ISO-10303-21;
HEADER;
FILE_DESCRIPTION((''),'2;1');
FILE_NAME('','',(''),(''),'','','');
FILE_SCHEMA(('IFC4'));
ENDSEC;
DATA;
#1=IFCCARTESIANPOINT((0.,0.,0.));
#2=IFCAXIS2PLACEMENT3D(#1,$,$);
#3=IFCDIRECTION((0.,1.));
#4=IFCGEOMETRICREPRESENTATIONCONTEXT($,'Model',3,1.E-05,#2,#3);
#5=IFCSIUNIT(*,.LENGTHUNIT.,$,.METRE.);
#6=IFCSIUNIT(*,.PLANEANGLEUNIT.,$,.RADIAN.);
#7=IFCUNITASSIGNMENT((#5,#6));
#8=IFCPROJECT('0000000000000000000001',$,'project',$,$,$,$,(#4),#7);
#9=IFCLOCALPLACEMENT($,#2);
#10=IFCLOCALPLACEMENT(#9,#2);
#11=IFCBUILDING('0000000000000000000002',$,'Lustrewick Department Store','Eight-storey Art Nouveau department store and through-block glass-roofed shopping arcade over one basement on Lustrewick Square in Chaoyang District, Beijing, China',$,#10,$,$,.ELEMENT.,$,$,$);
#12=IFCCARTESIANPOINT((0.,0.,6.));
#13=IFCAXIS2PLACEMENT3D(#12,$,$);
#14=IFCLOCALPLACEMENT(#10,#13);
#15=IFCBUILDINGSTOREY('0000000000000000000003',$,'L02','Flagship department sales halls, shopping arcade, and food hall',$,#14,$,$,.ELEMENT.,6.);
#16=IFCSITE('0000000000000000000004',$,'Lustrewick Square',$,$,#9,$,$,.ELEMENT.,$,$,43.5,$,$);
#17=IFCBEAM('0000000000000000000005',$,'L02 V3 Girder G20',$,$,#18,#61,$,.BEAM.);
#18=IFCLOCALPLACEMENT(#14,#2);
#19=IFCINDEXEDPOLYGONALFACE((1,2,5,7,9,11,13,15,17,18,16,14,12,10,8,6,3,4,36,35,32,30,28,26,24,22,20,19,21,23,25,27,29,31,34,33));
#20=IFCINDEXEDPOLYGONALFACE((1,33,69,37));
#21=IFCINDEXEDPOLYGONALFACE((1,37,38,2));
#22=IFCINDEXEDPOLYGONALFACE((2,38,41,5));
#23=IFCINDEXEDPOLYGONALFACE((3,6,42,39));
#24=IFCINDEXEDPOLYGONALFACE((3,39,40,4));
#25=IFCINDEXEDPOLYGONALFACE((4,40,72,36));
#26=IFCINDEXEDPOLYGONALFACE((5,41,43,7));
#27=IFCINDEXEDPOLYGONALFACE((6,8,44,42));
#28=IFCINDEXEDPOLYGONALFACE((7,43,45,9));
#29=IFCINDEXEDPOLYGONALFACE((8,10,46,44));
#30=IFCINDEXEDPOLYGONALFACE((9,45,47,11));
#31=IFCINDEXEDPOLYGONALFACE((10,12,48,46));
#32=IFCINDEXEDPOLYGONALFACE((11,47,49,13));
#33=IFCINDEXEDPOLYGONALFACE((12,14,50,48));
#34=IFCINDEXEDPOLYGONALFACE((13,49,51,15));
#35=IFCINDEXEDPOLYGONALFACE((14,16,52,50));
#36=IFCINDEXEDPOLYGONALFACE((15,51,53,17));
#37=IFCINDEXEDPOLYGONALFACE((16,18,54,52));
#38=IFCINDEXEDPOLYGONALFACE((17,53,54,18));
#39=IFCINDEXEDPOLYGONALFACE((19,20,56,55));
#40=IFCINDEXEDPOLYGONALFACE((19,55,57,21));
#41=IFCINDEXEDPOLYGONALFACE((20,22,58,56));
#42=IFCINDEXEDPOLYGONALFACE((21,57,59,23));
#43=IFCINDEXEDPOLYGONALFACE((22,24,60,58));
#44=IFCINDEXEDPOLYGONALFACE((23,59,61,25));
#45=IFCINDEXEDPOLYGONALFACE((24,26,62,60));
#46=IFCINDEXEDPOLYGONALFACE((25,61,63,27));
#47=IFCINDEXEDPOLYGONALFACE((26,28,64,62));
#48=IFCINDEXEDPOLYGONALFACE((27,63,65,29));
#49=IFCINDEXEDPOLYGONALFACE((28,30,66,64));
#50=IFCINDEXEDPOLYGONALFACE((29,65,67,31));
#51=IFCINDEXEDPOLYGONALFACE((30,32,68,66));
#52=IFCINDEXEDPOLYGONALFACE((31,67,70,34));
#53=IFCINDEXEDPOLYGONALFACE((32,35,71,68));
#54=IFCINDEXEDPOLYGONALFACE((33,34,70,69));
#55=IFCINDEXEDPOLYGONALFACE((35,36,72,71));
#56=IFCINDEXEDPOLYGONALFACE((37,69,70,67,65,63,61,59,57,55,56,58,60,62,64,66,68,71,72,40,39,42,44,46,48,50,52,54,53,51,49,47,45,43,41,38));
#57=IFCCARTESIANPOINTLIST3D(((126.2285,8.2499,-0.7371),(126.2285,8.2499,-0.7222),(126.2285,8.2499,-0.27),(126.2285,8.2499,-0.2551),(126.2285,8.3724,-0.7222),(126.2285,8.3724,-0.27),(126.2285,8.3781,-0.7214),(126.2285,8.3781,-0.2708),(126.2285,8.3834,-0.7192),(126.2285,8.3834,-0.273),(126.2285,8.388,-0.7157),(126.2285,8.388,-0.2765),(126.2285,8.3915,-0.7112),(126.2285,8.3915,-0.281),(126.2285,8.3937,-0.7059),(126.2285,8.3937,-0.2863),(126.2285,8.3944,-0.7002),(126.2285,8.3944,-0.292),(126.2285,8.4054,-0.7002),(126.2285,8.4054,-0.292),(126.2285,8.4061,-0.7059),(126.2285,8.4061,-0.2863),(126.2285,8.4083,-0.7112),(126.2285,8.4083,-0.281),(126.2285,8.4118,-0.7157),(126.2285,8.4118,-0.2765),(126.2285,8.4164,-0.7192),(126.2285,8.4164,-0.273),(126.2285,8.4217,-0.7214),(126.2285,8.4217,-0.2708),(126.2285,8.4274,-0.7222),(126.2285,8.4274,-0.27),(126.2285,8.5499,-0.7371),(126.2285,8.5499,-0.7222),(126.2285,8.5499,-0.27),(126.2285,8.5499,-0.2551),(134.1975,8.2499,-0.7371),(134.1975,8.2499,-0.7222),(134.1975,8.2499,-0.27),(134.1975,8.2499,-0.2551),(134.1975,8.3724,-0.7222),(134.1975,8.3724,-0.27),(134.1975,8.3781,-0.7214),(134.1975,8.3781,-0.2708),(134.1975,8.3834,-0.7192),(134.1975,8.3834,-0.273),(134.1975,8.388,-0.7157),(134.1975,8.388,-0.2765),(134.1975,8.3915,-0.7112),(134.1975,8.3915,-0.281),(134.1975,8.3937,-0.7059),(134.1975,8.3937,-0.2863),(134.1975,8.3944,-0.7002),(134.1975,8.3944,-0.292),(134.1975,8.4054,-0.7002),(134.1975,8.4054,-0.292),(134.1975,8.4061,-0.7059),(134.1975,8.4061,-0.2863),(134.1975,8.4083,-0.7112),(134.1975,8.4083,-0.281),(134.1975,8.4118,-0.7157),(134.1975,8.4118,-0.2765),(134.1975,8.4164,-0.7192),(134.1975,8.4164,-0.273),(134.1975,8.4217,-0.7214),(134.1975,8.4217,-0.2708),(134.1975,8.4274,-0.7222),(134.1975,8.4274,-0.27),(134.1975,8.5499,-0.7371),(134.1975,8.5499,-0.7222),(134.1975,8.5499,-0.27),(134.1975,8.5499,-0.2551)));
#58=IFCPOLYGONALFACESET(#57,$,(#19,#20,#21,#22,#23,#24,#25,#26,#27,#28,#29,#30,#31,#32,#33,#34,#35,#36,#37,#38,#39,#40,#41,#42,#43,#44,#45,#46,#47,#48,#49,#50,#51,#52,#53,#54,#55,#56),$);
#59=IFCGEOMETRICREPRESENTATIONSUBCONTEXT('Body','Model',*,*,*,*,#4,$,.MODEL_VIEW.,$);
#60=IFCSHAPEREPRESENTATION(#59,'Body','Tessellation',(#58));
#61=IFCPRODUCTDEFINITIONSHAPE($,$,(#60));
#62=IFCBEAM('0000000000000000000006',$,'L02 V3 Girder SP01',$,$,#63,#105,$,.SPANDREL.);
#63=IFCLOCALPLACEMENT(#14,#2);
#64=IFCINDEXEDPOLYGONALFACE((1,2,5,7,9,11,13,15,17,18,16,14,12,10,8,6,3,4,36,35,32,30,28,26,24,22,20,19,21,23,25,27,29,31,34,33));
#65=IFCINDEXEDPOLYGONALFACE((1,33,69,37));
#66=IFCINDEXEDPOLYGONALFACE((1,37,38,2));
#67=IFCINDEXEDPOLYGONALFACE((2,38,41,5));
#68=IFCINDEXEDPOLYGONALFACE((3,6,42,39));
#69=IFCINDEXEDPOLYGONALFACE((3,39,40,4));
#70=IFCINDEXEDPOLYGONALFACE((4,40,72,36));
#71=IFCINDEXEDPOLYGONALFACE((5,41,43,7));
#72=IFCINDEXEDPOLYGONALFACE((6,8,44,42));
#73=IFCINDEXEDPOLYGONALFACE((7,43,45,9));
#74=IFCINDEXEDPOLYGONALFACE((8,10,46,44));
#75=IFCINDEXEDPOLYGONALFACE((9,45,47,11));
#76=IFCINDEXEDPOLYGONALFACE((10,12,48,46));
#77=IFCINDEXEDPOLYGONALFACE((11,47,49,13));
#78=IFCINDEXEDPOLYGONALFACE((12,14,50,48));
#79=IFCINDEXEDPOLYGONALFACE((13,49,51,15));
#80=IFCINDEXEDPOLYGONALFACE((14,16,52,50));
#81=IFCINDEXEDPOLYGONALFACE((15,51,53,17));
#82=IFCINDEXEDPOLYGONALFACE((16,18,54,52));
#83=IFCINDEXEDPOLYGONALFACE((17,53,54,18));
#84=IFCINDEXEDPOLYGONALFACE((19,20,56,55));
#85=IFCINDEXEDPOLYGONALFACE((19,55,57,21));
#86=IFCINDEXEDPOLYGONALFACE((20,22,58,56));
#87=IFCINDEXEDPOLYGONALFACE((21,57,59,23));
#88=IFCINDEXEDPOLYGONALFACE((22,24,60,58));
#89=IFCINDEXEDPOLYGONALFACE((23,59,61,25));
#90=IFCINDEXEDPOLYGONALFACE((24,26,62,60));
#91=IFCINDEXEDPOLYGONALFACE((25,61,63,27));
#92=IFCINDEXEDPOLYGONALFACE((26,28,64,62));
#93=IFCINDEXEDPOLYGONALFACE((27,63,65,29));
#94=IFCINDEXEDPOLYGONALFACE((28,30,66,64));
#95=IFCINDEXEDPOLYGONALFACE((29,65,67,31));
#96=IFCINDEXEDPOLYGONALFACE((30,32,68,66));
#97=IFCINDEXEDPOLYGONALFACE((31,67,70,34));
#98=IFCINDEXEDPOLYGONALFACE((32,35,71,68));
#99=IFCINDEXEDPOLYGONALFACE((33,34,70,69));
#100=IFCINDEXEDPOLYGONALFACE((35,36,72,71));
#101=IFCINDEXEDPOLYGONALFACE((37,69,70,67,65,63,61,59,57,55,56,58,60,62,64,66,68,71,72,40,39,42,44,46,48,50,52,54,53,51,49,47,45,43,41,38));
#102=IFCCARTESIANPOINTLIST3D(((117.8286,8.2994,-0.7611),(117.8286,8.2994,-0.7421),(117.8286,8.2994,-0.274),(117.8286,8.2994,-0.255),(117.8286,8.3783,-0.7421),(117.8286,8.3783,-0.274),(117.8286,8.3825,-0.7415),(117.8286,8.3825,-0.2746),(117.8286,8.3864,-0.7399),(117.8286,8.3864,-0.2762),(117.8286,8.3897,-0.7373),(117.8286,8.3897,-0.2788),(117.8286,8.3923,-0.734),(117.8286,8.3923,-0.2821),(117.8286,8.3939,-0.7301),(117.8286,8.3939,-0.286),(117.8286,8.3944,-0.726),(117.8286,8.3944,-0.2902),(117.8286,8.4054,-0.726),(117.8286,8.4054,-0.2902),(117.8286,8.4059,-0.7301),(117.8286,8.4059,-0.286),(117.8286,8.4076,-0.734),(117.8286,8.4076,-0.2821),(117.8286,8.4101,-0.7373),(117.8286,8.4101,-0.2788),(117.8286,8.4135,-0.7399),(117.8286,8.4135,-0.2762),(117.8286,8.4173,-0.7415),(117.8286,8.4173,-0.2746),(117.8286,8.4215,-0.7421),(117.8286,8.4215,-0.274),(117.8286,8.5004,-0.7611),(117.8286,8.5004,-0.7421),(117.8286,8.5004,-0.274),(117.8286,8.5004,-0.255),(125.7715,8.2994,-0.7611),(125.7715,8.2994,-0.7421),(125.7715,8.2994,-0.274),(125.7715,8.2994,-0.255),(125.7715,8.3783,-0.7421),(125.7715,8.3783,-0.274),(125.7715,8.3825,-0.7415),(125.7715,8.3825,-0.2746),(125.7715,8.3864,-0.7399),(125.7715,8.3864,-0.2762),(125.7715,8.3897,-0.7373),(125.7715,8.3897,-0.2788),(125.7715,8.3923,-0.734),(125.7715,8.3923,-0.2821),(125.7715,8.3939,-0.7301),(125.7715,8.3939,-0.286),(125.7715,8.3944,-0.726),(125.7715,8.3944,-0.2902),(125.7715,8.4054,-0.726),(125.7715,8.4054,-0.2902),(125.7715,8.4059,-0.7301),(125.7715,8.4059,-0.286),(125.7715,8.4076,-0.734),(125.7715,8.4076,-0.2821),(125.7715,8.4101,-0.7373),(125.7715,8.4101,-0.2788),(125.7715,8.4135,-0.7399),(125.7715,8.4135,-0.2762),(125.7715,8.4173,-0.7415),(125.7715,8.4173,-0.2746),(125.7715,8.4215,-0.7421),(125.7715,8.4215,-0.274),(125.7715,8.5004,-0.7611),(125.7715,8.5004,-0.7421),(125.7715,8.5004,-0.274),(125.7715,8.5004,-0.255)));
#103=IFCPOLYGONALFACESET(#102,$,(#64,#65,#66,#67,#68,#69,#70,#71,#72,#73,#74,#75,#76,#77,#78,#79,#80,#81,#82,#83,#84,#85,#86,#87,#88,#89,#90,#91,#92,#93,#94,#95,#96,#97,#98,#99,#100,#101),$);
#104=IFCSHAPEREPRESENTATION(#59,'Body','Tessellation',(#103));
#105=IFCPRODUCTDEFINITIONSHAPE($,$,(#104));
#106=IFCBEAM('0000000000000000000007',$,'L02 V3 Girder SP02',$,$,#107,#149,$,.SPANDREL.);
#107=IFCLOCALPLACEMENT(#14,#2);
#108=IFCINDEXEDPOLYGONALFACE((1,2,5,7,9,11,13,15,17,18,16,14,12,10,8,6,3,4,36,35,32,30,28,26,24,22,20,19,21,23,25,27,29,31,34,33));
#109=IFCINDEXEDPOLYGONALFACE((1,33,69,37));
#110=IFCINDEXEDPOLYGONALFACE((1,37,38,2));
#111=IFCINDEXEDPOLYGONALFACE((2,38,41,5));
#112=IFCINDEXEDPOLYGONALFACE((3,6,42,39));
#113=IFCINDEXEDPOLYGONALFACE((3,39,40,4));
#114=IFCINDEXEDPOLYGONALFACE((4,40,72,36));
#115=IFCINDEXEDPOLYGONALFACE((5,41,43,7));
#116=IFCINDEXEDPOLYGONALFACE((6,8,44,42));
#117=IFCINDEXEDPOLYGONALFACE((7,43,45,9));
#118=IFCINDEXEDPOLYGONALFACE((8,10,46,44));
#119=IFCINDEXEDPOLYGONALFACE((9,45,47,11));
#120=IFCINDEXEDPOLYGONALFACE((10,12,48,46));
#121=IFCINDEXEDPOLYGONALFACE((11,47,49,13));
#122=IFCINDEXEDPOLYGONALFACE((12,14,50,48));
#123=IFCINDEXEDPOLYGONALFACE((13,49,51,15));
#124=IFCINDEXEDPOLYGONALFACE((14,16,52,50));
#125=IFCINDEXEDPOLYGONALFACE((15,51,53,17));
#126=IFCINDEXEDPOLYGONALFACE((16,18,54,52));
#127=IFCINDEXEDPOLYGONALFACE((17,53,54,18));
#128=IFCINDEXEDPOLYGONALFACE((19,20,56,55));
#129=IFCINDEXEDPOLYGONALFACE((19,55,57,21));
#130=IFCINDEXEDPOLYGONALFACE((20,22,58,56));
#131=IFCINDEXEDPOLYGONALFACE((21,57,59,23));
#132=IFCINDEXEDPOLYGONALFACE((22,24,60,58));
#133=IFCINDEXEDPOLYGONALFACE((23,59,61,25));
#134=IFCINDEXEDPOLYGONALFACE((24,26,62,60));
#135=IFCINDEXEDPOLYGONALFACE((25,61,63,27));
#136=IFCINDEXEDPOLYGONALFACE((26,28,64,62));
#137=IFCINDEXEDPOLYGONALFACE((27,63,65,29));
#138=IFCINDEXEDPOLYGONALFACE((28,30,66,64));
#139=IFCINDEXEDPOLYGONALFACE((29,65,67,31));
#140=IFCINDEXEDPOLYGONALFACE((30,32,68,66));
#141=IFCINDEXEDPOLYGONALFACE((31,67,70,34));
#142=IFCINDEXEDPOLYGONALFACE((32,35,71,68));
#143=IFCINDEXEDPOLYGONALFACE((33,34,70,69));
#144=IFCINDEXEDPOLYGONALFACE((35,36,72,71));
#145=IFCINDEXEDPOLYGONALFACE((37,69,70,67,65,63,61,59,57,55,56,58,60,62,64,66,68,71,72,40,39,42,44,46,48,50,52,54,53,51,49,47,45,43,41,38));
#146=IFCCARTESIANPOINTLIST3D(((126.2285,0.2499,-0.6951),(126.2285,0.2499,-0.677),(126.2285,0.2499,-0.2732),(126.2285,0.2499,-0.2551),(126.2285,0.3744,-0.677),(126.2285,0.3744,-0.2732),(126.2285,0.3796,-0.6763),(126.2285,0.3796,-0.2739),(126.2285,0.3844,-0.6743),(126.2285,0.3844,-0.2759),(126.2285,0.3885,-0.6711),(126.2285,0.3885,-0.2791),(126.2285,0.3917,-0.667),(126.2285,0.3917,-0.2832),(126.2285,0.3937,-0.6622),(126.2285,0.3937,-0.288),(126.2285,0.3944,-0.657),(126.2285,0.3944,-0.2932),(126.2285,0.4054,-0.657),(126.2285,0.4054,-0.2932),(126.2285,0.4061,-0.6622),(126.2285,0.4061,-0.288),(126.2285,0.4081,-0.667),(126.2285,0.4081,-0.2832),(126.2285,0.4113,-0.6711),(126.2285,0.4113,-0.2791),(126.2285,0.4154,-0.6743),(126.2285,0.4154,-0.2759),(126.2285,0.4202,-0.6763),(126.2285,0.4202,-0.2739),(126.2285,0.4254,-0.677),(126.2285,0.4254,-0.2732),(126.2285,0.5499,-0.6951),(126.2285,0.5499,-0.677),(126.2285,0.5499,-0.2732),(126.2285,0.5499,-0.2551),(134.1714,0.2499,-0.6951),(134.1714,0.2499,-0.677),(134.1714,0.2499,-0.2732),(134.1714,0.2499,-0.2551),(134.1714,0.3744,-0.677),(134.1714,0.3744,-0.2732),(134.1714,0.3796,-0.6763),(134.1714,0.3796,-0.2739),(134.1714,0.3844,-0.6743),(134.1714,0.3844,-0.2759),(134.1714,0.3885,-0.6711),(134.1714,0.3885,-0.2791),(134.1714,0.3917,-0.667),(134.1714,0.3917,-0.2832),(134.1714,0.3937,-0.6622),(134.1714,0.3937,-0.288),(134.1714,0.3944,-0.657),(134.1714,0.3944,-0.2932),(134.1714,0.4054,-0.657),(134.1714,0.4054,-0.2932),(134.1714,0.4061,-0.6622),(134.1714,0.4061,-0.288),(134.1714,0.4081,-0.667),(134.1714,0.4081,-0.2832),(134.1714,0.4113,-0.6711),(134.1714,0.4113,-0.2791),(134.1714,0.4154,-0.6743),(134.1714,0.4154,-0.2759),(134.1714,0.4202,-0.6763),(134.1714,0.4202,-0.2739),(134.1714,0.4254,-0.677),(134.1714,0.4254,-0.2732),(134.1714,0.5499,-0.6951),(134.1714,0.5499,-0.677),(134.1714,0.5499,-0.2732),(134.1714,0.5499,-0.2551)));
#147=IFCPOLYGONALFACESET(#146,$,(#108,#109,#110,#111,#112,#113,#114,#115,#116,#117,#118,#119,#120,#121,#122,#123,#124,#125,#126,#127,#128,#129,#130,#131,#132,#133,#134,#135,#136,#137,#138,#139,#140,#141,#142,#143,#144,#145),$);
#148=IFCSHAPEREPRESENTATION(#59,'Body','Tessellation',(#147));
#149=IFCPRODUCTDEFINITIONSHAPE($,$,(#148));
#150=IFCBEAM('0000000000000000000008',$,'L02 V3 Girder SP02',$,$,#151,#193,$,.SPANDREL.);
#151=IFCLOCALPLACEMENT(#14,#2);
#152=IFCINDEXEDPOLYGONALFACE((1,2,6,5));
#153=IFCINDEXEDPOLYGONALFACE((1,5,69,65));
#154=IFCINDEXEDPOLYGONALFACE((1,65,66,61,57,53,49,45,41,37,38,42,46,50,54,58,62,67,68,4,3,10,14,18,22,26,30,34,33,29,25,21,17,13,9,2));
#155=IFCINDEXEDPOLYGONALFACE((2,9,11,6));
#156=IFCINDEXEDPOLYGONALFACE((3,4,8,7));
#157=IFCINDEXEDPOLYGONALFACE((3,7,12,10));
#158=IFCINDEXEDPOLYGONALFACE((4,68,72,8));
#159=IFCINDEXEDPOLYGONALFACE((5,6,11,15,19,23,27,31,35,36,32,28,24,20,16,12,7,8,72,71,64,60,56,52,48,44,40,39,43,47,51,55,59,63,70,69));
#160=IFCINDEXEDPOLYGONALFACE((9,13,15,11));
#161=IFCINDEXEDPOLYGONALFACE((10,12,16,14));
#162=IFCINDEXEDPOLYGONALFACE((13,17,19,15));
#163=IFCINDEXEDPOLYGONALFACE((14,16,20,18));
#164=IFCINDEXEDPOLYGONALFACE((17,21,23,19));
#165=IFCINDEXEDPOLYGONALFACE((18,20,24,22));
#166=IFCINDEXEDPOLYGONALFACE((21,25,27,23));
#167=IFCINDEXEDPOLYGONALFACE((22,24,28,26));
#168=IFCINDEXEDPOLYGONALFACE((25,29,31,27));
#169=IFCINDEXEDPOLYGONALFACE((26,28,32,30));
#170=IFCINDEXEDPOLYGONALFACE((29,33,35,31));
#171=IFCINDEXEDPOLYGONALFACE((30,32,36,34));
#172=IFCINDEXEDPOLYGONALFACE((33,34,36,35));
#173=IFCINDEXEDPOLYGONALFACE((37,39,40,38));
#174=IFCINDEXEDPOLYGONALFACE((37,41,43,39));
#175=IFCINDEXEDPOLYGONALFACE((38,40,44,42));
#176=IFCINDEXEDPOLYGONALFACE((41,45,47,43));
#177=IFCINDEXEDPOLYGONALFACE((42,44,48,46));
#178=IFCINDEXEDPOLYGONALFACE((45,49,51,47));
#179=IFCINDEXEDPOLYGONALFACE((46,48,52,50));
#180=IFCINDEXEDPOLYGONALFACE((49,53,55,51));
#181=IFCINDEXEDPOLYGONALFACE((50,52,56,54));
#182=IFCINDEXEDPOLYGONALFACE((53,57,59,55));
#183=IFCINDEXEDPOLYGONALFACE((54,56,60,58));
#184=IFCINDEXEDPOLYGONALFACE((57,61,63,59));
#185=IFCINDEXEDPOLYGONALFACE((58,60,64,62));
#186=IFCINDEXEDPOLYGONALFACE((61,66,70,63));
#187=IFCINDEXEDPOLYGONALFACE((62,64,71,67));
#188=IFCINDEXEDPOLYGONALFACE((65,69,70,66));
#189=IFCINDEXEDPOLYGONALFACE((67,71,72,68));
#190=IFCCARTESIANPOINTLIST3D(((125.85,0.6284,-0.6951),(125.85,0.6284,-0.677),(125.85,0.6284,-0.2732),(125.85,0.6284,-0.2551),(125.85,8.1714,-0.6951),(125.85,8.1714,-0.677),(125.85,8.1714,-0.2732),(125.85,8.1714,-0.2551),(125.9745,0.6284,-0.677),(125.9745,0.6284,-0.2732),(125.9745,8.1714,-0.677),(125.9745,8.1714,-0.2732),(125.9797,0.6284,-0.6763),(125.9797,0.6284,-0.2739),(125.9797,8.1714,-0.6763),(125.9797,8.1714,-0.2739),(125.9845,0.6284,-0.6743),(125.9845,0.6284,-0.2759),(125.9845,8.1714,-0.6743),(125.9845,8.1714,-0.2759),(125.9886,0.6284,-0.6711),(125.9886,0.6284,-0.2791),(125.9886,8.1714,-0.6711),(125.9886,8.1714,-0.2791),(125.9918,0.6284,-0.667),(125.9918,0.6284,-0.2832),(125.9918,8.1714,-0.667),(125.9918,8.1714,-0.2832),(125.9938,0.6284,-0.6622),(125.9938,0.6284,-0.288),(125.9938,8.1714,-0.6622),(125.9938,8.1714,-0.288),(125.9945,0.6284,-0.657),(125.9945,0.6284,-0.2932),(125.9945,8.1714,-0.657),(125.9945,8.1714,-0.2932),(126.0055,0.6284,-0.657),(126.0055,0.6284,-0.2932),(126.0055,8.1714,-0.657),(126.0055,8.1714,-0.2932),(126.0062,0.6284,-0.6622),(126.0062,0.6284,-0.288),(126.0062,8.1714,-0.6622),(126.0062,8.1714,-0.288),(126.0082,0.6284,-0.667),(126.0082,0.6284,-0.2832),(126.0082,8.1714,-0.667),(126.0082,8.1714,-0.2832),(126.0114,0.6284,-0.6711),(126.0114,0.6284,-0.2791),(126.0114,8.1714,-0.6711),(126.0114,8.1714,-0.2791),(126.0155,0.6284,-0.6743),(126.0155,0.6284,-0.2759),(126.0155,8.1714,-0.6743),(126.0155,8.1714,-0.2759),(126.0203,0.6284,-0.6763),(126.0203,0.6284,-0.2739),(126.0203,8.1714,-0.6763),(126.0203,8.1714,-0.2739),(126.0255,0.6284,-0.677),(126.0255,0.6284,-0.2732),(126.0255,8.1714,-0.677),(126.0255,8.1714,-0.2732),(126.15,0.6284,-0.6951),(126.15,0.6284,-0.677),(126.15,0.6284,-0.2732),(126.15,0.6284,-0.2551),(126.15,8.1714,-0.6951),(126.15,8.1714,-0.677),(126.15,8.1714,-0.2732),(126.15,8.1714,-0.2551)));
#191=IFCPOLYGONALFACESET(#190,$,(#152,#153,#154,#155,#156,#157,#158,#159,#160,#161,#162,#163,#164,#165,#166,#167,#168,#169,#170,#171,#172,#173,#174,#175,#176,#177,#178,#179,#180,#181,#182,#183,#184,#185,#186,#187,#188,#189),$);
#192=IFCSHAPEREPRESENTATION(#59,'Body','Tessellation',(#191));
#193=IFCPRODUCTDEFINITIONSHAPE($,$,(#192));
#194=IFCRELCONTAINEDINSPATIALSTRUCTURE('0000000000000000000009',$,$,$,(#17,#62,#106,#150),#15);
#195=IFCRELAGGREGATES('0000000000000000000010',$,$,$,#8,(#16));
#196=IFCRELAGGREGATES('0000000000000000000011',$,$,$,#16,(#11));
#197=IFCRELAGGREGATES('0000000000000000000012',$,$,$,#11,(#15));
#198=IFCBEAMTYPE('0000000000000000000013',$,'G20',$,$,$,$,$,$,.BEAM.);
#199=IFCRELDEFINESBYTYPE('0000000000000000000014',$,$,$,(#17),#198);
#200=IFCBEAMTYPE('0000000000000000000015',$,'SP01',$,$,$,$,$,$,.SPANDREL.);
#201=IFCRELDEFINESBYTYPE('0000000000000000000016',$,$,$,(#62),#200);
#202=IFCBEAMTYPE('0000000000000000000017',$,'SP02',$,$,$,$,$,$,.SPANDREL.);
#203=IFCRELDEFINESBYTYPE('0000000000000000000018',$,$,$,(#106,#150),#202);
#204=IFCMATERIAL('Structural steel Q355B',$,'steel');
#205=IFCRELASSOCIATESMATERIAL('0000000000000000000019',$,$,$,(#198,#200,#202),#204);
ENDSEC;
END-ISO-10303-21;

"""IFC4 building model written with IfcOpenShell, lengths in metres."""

from ifc_helpers import new_model, si_unit, direction, frame, origin, origin_2d, place, context, subcontext, project, spatial, i_section, extrude, material, material_profile, profile_set, type_object, element, save


model = new_model("IFC4")

# Units and contexts
model_context = context("Model", 3, precision=1e-05, world=origin(), true_north=direction((0.0, 1.0)))
body_context = subcontext(model_context, "Body", "Model", "MODEL_VIEW")
ifc_project = project(units=[si_unit("LENGTHUNIT", "METRE"), si_unit("PLANEANGLEUNIT", "RADIAN")], contexts=[model_context])

# Site, building, storey
site_placement = place(None, origin())
site = spatial("IfcSite", under=ifc_project, at=site_placement, Name="Lustrewick Square", CompositionType="ELEMENT", RefElevation=43.5)
building_placement = place(site_placement, origin())
building = spatial("IfcBuilding", under=site, at=building_placement, Name="Lustrewick Department Store", Description="Eight-storey Art Nouveau department store and through-block glass-roofed shopping arcade over one basement on Lustrewick Square in Chaoyang District, Beijing, China", CompositionType="ELEMENT")
storey_placement = place(building_placement, frame((0.0, 0.0, 6.0)))
storey = spatial("IfcBuildingStorey", under=building, at=storey_placement, Name="L02", Description="Flagship department sales halls, shopping arcade, and food hall", CompositionType="ELEMENT", Elevation=6.0)

# Shared definitions
ifc_material_1 = material(Name="Structural steel Q355B", Category="steel")

# Beams
ifc_material_profile_1 = material_profile(ifc_material_1, i_section(OverallWidth=0.3, OverallDepth=0.4819, WebThickness=0.011, FlangeThickness=0.0149, FilletRadius=0.022, at=origin_2d()), Name="HM 482x300x11x15")
ifc_profile_set_1 = profile_set([ifc_material_profile_1], Name="Structural steel Q355B")
beam_type_1 = type_object("IfcBeamType", Name="G20", PredefinedType="BEAM", material=ifc_profile_set_1)
beam_1_placement = place(storey_placement, frame((126.2285, 8.3999, -0.4961), z_axis=(1.0, 0.0, 0.0), x_axis=(0.0, 1.0, 0.0)))
element("IfcBeam", 1, at=beam_1_placement, inside=storey, type_object=beam_type_1, Name="L02 V3 Girder G20", PredefinedType="BEAM", context=body_context, shape_type="SweptSolid", body=[
    extrude(i_section(OverallWidth=0.3, OverallDepth=0.4819, WebThickness=0.011, FlangeThickness=0.0149, FilletRadius=0.022, at=origin_2d()), origin(), (0.0, 0.0, 1.0), 7.969),
])
ifc_material_profile_2 = material_profile(ifc_material_1, i_section(OverallWidth=0.2009, OverallDepth=0.5061, WebThickness=0.011, FlangeThickness=0.019, FilletRadius=0.0161, at=origin_2d()), Name="HN 506x201x11x19")
ifc_profile_set_2 = profile_set([ifc_material_profile_2], Name="Structural steel Q355B")
beam_type_2 = type_object("IfcBeamType", Name="SP01", PredefinedType="SPANDREL", material=ifc_profile_set_2)
beam_2_placement = place(storey_placement, frame((117.8286, 8.3999, -0.5081), z_axis=(1.0, 0.0, 0.0), x_axis=(0.0, 1.0, 0.0)))
element("IfcBeam", 2, at=beam_2_placement, inside=storey, type_object=beam_type_2, Name="L02 V3 Girder SP01", PredefinedType="SPANDREL", context=body_context, shape_type="SweptSolid", body=[
    extrude(i_section(OverallWidth=0.2009, OverallDepth=0.5061, WebThickness=0.011, FlangeThickness=0.019, FilletRadius=0.0161, at=origin_2d()), origin(), (0.0, 0.0, 1.0), 7.9429),
])
ifc_material_profile_3 = material_profile(ifc_material_1, i_section(OverallWidth=0.3, OverallDepth=0.4399, WebThickness=0.011, FlangeThickness=0.0181, FilletRadius=0.02, at=origin_2d()), Name="HM 440x300x11x18")
ifc_profile_set_3 = profile_set([ifc_material_profile_3], Name="Structural steel Q355B")
beam_type_3 = type_object("IfcBeamType", Name="SP02", PredefinedType="SPANDREL", material=ifc_profile_set_3)
beam_3_placement = place(storey_placement, frame((126.2285, 0.3999, -0.4751), z_axis=(1.0, 0.0, 0.0), x_axis=(0.0, 1.0, 0.0)))
element("IfcBeam", 3, at=beam_3_placement, inside=storey, type_object=beam_type_3, Name="L02 V3 Girder SP02", PredefinedType="SPANDREL", context=body_context, shape_type="SweptSolid", body=[
    extrude(i_section(OverallWidth=0.3, OverallDepth=0.4399, WebThickness=0.011, FlangeThickness=0.0181, FilletRadius=0.02, at=origin_2d()), origin(), (0.0, 0.0, 1.0), 7.9429),
])
beam_4_placement = place(storey_placement, frame((126.0, 0.6284, -0.4751), z_axis=(0.0, 1.0, 0.0), x_axis=(-1.0, 0.0, 0.0)))
element("IfcBeam", 4, at=beam_4_placement, inside=storey, type_object=beam_type_3, Name="L02 V3 Girder SP02", PredefinedType="SPANDREL", context=body_context, shape_type="SweptSolid", body=[
    extrude(i_section(OverallWidth=0.3, OverallDepth=0.4399, WebThickness=0.011, FlangeThickness=0.0181, FilletRadius=0.02, at=origin_2d()), origin(), (0.0, 0.0, 1.0), 7.543),
])

save(model, "model.ifc")
